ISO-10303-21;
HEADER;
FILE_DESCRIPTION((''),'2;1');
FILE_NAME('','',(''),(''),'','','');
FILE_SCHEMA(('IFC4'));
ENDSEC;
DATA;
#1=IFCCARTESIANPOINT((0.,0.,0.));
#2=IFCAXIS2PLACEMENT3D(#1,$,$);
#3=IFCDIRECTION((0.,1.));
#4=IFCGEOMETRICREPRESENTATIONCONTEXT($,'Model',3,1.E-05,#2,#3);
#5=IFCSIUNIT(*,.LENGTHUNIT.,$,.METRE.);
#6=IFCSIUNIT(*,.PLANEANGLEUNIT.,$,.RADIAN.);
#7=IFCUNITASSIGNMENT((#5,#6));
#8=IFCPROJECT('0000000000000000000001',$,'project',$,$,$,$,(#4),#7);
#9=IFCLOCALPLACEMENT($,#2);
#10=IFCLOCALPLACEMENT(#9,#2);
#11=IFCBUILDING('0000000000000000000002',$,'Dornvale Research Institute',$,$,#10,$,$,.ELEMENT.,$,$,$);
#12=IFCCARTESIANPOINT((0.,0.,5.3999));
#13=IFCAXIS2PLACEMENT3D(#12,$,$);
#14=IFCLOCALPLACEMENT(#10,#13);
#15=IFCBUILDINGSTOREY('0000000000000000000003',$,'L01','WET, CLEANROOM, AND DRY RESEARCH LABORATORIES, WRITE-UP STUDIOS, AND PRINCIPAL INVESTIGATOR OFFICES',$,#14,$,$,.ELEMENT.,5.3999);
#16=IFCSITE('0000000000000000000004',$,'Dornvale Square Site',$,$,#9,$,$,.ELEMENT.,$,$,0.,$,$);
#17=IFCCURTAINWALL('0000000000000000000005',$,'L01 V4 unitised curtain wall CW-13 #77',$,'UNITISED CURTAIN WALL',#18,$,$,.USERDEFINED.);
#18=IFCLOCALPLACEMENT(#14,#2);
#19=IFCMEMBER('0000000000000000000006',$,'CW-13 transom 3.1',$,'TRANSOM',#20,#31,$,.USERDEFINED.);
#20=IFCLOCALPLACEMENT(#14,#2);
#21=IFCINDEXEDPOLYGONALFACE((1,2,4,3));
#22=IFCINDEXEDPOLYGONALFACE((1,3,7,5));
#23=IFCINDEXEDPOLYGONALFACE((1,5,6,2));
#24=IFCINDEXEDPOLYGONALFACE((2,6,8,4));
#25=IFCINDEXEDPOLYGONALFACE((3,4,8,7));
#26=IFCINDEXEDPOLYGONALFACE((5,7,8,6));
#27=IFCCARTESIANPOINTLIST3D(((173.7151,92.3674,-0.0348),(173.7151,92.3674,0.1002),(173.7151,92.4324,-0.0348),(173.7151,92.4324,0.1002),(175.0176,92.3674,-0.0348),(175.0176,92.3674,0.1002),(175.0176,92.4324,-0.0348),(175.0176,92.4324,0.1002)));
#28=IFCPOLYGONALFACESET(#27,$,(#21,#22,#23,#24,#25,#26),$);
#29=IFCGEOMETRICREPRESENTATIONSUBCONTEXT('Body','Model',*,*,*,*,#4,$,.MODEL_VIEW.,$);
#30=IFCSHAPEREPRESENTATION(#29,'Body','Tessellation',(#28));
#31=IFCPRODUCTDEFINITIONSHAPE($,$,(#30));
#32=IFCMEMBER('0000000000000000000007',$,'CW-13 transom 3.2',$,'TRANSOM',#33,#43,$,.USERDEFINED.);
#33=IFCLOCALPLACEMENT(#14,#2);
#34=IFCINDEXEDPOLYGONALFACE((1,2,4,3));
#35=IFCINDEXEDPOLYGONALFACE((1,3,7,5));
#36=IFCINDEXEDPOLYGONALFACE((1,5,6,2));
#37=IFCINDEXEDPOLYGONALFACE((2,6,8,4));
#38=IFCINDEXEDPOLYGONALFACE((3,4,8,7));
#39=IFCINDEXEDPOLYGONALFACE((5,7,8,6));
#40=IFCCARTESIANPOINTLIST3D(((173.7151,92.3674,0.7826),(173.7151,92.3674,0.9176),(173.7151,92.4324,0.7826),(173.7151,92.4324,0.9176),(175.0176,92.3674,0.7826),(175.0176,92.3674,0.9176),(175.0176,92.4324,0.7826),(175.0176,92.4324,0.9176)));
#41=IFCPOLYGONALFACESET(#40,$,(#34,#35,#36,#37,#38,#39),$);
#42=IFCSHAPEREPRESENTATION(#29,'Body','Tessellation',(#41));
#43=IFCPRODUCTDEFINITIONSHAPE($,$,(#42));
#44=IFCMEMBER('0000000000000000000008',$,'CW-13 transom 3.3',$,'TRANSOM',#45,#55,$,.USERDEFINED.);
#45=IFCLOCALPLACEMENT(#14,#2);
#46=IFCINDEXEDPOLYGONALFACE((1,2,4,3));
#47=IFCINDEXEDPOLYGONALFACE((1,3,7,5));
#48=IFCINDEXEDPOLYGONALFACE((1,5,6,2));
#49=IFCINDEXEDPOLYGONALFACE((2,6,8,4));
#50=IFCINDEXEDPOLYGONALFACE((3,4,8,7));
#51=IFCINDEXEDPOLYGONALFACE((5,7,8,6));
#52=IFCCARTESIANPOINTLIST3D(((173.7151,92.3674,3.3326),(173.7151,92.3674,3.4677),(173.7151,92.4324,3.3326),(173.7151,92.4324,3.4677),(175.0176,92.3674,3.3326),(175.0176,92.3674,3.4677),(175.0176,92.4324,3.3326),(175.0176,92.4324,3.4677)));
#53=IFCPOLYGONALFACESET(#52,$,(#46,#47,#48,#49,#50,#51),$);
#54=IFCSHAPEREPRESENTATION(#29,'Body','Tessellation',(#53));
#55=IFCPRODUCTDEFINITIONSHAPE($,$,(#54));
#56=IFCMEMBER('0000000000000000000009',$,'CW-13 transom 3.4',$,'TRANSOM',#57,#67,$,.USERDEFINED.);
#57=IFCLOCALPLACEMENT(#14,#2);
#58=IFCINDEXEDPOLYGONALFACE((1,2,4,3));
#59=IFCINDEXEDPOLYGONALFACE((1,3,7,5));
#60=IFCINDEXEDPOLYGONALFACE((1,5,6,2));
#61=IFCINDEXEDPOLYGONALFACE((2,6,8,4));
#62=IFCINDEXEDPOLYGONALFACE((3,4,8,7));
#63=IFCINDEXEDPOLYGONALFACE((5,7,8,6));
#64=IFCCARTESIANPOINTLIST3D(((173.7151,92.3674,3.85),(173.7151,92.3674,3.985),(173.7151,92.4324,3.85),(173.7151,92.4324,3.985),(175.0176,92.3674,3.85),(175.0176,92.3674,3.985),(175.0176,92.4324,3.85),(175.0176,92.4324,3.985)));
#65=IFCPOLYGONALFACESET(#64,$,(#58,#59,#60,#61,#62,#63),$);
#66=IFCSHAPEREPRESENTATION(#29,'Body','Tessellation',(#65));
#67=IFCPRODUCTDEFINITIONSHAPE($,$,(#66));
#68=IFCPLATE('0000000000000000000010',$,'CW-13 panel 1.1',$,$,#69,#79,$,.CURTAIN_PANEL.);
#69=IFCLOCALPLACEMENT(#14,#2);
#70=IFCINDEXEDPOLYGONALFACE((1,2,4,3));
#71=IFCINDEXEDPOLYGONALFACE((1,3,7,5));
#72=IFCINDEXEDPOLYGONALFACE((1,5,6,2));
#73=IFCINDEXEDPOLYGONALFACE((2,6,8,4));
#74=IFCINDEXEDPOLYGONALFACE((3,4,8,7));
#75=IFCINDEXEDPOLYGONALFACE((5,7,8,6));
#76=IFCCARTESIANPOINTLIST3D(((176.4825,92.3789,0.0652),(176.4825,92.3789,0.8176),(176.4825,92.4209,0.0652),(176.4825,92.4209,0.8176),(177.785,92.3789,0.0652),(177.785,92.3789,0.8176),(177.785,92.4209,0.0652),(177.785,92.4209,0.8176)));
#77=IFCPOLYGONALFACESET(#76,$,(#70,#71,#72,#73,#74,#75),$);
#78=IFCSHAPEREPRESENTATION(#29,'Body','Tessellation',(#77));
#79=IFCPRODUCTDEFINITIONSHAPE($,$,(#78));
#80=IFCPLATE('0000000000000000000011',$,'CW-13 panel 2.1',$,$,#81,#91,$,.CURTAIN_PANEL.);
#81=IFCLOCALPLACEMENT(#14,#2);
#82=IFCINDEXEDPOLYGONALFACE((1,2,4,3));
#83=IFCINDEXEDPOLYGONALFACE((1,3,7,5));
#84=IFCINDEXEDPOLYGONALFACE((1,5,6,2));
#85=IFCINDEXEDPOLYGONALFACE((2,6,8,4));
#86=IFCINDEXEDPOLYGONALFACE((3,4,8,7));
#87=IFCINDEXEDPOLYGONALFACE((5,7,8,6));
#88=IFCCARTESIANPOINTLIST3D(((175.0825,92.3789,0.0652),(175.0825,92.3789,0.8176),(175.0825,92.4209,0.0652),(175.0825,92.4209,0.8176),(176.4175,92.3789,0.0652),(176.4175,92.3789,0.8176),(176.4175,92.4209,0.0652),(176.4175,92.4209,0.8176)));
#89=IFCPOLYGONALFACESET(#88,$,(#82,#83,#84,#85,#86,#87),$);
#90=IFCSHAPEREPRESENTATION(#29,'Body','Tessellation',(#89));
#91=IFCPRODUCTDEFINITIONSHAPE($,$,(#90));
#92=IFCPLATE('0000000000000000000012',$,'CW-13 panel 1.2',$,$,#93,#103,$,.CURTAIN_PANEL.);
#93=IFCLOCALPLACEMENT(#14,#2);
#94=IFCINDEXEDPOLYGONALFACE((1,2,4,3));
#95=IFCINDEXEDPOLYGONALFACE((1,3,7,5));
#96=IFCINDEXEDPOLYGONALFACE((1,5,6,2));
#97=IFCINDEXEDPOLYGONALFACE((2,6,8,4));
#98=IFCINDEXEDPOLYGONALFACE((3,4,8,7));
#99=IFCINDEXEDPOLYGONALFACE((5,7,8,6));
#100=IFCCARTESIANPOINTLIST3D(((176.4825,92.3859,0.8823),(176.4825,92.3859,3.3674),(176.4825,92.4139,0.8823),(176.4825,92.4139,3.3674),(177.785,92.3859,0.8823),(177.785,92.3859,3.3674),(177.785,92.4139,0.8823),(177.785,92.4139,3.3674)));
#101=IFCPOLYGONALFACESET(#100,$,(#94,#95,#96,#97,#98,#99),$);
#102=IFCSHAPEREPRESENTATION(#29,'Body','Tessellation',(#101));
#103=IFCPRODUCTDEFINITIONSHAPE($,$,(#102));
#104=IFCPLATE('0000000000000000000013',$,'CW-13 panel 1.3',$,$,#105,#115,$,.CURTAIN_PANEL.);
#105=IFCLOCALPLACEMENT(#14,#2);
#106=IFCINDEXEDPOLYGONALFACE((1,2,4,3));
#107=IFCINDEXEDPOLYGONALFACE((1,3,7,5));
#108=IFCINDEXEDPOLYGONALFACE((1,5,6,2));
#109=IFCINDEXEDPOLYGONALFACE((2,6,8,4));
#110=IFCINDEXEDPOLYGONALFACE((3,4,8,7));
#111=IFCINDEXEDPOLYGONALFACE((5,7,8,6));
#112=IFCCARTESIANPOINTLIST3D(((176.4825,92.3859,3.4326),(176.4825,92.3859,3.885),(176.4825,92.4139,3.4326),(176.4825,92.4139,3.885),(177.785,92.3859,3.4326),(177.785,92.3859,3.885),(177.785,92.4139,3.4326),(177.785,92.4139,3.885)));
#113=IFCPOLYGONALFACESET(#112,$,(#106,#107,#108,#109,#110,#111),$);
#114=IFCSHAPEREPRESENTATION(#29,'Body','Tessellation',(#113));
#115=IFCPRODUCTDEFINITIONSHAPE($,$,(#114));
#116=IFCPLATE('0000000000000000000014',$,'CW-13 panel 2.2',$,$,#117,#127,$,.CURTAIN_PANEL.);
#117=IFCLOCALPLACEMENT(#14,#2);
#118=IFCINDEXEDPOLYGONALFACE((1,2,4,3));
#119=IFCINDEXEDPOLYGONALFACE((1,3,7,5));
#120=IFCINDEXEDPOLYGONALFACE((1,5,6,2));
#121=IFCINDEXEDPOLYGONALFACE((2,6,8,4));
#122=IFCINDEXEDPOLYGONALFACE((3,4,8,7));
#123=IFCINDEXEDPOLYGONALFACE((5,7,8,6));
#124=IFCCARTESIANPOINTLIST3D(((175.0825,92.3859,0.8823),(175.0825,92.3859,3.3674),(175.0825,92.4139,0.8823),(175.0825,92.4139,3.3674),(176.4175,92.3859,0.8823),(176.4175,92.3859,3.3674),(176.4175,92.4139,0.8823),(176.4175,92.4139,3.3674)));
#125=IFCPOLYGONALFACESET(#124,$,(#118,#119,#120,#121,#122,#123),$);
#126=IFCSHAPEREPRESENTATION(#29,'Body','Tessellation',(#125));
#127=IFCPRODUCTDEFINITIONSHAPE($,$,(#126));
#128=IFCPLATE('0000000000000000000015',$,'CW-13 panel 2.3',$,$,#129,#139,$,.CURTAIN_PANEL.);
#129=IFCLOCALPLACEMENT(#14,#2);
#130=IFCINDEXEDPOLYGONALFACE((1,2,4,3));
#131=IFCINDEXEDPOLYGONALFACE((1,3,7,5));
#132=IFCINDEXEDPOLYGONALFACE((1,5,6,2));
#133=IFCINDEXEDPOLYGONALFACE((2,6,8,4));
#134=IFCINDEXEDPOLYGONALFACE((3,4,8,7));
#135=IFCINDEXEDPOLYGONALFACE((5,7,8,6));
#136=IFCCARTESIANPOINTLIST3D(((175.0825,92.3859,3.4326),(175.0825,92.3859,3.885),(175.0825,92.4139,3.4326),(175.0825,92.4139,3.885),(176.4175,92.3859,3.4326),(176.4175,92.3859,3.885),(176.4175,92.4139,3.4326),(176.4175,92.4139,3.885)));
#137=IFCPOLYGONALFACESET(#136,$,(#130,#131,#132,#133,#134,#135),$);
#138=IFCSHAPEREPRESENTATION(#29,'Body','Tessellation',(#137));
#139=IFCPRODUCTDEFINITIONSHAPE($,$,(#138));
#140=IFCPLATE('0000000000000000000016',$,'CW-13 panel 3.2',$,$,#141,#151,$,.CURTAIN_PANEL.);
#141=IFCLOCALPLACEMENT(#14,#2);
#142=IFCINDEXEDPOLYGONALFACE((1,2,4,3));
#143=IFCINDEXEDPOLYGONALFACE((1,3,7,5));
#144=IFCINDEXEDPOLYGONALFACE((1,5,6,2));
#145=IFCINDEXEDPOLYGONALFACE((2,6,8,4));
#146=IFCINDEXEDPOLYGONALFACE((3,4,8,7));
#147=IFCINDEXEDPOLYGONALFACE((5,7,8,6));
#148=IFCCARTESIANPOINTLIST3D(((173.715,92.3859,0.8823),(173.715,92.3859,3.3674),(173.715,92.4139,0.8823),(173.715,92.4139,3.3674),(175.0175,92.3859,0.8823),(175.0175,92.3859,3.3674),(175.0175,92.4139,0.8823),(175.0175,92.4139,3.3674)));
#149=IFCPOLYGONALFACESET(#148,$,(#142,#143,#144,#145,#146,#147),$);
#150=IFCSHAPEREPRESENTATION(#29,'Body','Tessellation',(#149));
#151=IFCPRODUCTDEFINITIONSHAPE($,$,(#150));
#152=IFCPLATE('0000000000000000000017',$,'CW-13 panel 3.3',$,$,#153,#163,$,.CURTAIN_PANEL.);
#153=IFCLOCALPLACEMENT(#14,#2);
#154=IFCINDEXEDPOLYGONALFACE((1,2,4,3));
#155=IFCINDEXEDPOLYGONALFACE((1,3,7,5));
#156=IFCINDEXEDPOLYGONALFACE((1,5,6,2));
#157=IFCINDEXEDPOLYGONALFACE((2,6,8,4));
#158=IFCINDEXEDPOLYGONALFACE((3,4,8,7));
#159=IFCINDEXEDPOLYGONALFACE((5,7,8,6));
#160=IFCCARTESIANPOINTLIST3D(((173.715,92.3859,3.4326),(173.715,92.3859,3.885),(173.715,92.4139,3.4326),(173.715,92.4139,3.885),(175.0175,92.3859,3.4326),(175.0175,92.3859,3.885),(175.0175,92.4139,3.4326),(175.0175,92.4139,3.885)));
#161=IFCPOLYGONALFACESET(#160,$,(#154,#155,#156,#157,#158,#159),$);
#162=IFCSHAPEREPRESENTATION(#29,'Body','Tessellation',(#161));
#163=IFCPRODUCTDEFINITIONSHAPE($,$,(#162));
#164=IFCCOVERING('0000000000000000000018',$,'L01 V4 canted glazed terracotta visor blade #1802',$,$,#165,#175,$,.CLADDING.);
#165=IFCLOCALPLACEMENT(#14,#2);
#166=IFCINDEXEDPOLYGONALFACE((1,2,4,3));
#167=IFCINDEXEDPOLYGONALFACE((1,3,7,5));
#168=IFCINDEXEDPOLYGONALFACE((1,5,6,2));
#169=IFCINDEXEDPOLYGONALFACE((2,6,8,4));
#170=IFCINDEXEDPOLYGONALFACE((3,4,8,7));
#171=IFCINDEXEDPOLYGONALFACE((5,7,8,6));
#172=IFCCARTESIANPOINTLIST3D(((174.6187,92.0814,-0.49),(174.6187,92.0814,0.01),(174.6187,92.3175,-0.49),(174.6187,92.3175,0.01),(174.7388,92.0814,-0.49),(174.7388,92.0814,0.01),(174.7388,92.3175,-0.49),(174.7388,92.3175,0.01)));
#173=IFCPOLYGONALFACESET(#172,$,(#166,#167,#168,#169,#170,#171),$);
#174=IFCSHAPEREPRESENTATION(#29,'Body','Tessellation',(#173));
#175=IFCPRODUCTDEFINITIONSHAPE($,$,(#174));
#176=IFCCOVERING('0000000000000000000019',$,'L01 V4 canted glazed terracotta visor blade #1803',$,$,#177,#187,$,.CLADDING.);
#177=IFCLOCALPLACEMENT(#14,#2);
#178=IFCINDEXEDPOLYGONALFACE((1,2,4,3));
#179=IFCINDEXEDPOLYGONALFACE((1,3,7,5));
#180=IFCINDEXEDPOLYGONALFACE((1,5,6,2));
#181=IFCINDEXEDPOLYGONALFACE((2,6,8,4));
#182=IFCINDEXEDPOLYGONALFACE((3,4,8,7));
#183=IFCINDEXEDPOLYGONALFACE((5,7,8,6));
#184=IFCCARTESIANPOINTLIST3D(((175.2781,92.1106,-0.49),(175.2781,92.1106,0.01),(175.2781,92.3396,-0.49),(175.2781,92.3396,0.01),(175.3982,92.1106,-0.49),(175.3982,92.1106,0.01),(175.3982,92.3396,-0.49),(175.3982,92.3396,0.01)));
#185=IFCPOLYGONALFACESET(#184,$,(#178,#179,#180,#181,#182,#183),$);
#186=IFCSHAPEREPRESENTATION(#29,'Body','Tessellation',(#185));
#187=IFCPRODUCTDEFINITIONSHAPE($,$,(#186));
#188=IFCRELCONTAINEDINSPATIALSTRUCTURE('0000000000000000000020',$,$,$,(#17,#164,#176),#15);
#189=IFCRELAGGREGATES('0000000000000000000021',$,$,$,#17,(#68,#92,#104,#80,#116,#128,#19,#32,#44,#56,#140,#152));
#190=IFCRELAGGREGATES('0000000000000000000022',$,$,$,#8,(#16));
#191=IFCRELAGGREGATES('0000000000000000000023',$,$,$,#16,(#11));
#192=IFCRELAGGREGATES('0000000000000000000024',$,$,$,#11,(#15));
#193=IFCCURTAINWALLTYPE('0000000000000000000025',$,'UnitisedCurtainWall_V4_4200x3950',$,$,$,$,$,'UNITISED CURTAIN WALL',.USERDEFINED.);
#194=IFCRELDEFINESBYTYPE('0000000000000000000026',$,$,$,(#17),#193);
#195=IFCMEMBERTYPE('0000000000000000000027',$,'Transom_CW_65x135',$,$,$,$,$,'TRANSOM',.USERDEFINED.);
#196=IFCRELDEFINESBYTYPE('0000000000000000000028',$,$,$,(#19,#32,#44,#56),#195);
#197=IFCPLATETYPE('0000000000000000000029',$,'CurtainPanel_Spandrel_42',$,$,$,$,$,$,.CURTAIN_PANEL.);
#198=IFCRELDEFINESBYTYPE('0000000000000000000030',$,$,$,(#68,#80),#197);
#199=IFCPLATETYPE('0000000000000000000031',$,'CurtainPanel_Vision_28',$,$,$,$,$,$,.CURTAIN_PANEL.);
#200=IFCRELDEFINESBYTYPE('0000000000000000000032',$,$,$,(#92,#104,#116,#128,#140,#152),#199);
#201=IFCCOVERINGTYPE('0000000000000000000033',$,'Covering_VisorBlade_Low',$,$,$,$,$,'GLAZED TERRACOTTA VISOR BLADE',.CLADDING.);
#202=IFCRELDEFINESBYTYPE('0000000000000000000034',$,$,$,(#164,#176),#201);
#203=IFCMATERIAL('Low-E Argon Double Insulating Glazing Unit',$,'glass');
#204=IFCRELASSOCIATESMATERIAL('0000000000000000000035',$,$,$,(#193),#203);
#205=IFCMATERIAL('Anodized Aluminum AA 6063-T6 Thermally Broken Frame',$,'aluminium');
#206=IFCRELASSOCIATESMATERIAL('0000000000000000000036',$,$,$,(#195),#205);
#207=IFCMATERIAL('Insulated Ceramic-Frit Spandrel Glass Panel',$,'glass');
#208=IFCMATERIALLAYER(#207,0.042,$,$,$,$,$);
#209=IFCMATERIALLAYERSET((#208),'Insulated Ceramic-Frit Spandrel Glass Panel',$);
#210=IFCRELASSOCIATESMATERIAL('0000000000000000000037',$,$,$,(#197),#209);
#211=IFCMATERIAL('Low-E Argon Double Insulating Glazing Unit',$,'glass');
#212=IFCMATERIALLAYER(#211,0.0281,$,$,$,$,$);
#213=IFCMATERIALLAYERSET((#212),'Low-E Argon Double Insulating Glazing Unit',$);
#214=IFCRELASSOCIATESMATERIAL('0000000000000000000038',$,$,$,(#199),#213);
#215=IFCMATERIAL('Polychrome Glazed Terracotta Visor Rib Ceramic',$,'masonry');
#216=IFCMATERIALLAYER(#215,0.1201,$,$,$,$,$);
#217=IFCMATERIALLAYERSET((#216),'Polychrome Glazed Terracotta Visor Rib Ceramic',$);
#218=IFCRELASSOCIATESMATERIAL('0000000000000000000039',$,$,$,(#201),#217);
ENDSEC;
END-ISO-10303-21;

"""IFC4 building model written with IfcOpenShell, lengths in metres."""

from ifc_helpers import new_model, si_unit, direction, frame, origin, origin_2d, place, context, subcontext, project, spatial, rectangle, extrude, material, layer, layer_set, material_profile, profile_set, type_object, element, aggregate, save


model = new_model("IFC4")

# Units and contexts
model_context = context("Model", 3, precision=1e-05, world=origin(), true_north=direction((0.0, 1.0)))
body_context = subcontext(model_context, "Body", "Model", "MODEL_VIEW")
ifc_project = project(units=[si_unit("LENGTHUNIT", "METRE"), si_unit("PLANEANGLEUNIT", "RADIAN")], contexts=[model_context])

# Site, building, storey
site_placement = place(None, origin())
site = spatial("IfcSite", under=ifc_project, at=site_placement, Name="Dornvale Square Site", CompositionType="ELEMENT", RefElevation=0.0)
building_placement = place(site_placement, origin())
building = spatial("IfcBuilding", under=site, at=building_placement, Name="Dornvale Research Institute", CompositionType="ELEMENT")
storey_placement = place(building_placement, frame((0.0, 0.0, 5.3999)))
storey = spatial("IfcBuildingStorey", under=building, at=storey_placement, Name="L01", Description="WET, CLEANROOM, AND DRY RESEARCH LABORATORIES, WRITE-UP STUDIOS, AND PRINCIPAL INVESTIGATOR OFFICES", CompositionType="ELEMENT", Elevation=5.3999)

# Curtain wall
ifc_material_1 = material(Name="Low-E Argon Double Insulating Glazing Unit", Category="glass")
curtain_wall_type = type_object("IfcCurtainWallType", Name="UnitisedCurtainWall_V4_4200x3950", ElementType="UNITISED CURTAIN WALL", PredefinedType="USERDEFINED", material=ifc_material_1)
curtain_wall_placement = place(storey_placement, origin())
curtain_wall = element("IfcCurtainWall", 1, at=curtain_wall_placement, inside=storey, type_object=curtain_wall_type, Name="L01 V4 unitised curtain wall CW-13 #77", ObjectType="UNITISED CURTAIN WALL", PredefinedType="USERDEFINED")

# Members
ifc_material_2 = material(Name="Anodized Aluminum AA 6063-T6 Thermally Broken Frame", Category="aluminium")
ifc_material_profile_1 = material_profile(ifc_material_2, rectangle(XDim=0.0649, YDim=0.135, at=origin_2d()), Name="ALU TRANSOM 65x135")
ifc_profile_set_1 = profile_set([ifc_material_profile_1], Name="Anodized Aluminum AA 6063-T6 Thermally Broken Frame")
member_type_1 = type_object("IfcMemberType", Name="Transom_CW_65x135", ElementType="TRANSOM", PredefinedType="USERDEFINED", material=ifc_profile_set_1)
member_1_placement = place(storey_placement, frame((175.0176, 92.3999, 0.0327), z_axis=(-1.0, 0.0, 0.0), x_axis=(0.0, -1.0, 0.0)))
member_1 = element("IfcMember", 2, at=member_1_placement, type_object=member_type_1, Name="CW-13 transom 3.1", ObjectType="TRANSOM", PredefinedType="USERDEFINED", context=body_context, shape_type="SweptSolid", body=[
    extrude(rectangle(XDim=0.0649, YDim=0.135, at=origin_2d()), origin(), (0.0, 0.0, 1.0), 1.3025),
])
member_2_placement = place(storey_placement, frame((175.0176, 92.3999, 0.8501), z_axis=(-1.0, 0.0, 0.0), x_axis=(0.0, -1.0, 0.0)))
member_2 = element("IfcMember", 3, at=member_2_placement, type_object=member_type_1, Name="CW-13 transom 3.2", ObjectType="TRANSOM", PredefinedType="USERDEFINED", context=body_context, shape_type="SweptSolid", body=[
    extrude(rectangle(XDim=0.0649, YDim=0.135, at=origin_2d()), origin(), (0.0, 0.0, 1.0), 1.3025),
])
member_3_placement = place(storey_placement, frame((175.0176, 92.3999, 3.4001), z_axis=(-1.0, 0.0, 0.0), x_axis=(0.0, -1.0, 0.0)))
member_3 = element("IfcMember", 4, at=member_3_placement, type_object=member_type_1, Name="CW-13 transom 3.3", ObjectType="TRANSOM", PredefinedType="USERDEFINED", context=body_context, shape_type="SweptSolid", body=[
    extrude(rectangle(XDim=0.0649, YDim=0.135, at=origin_2d()), origin(), (0.0, 0.0, 1.0), 1.3025),
])
member_4_placement = place(storey_placement, frame((175.0176, 92.3999, 3.9175), z_axis=(-1.0, 0.0, 0.0), x_axis=(0.0, -1.0, 0.0)))
member_4 = element("IfcMember", 5, at=member_4_placement, type_object=member_type_1, Name="CW-13 transom 3.4", ObjectType="TRANSOM", PredefinedType="USERDEFINED", context=body_context, shape_type="SweptSolid", body=[
    extrude(rectangle(XDim=0.0649, YDim=0.135, at=origin_2d()), origin(), (0.0, 0.0, 1.0), 1.3025),
])

# Plates
ifc_material_3 = material(Name="Insulated Ceramic-Frit Spandrel Glass Panel", Category="glass")
ifc_layer_1 = layer(ifc_material_3, 0.042)
ifc_layer_set_1 = layer_set([ifc_layer_1], Name="Insulated Ceramic-Frit Spandrel Glass Panel")
plate_type_1 = type_object("IfcPlateType", Name="CurtainPanel_Spandrel_42", PredefinedType="CURTAIN_PANEL", material=ifc_layer_set_1)
plate_1_placement = place(storey_placement, frame((177.1338, 92.3999, 0.0652), z_axis=(0.0, 0.0, 1.0), x_axis=(-1.0, 0.0, 0.0)))
plate_1 = element("IfcPlate", 6, at=plate_1_placement, type_object=plate_type_1, Name="CW-13 panel 1.1", PredefinedType="CURTAIN_PANEL", context=body_context, shape_type="SweptSolid", body=[
    extrude(rectangle(XDim=1.3025, YDim=0.042, at=origin_2d()), origin(), (0.0, 0.0, 1.0), 0.7524),
])
plate_2_placement = place(storey_placement, frame((175.75, 92.3999, 0.0652), z_axis=(0.0, 0.0, 1.0), x_axis=(-1.0, 0.0, 0.0)))
plate_2 = element("IfcPlate", 7, at=plate_2_placement, type_object=plate_type_1, Name="CW-13 panel 2.1", PredefinedType="CURTAIN_PANEL", context=body_context, shape_type="SweptSolid", body=[
    extrude(rectangle(XDim=1.335, YDim=0.042, at=origin_2d()), origin(), (0.0, 0.0, 1.0), 0.7524),
])
ifc_material_4 = material(Name="Low-E Argon Double Insulating Glazing Unit", Category="glass")
ifc_layer_2 = layer(ifc_material_4, 0.0281)
ifc_layer_set_2 = layer_set([ifc_layer_2], Name="Low-E Argon Double Insulating Glazing Unit")
plate_type_2 = type_object("IfcPlateType", Name="CurtainPanel_Vision_28", PredefinedType="CURTAIN_PANEL", material=ifc_layer_set_2)
plate_3_placement = place(storey_placement, frame((177.1338, 92.3999, 0.8823), z_axis=(0.0, 0.0, 1.0), x_axis=(-1.0, 0.0, 0.0)))
plate_3 = element("IfcPlate", 8, at=plate_3_placement, type_object=plate_type_2, Name="CW-13 panel 1.2", PredefinedType="CURTAIN_PANEL", context=body_context, shape_type="SweptSolid", body=[
    extrude(rectangle(XDim=1.3025, YDim=0.0281, at=origin_2d()), origin(), (0.0, 0.0, 1.0), 2.4851),
])
plate_4_placement = place(storey_placement, frame((177.1338, 92.3999, 3.4326), z_axis=(0.0, 0.0, 1.0), x_axis=(-1.0, 0.0, 0.0)))
plate_4 = element("IfcPlate", 9, at=plate_4_placement, type_object=plate_type_2, Name="CW-13 panel 1.3", PredefinedType="CURTAIN_PANEL", context=body_context, shape_type="SweptSolid", body=[
    extrude(rectangle(XDim=1.3025, YDim=0.0281, at=origin_2d()), origin(), (0.0, 0.0, 1.0), 0.4524),
])
plate_5_placement = place(storey_placement, frame((175.75, 92.3999, 0.8823), z_axis=(0.0, 0.0, 1.0), x_axis=(-1.0, 0.0, 0.0)))
plate_5 = element("IfcPlate", 10, at=plate_5_placement, type_object=plate_type_2, Name="CW-13 panel 2.2", PredefinedType="CURTAIN_PANEL", context=body_context, shape_type="SweptSolid", body=[
    extrude(rectangle(XDim=1.335, YDim=0.0281, at=origin_2d()), origin(), (0.0, 0.0, 1.0), 2.4851),
])
plate_6_placement = place(storey_placement, frame((175.75, 92.3999, 3.4326), z_axis=(0.0, 0.0, 1.0), x_axis=(-1.0, 0.0, 0.0)))
plate_6 = element("IfcPlate", 11, at=plate_6_placement, type_object=plate_type_2, Name="CW-13 panel 2.3", PredefinedType="CURTAIN_PANEL", context=body_context, shape_type="SweptSolid", body=[
    extrude(rectangle(XDim=1.335, YDim=0.0281, at=origin_2d()), origin(), (0.0, 0.0, 1.0), 0.4524),
])
plate_7_placement = place(storey_placement, frame((174.3662, 92.3999, 0.8823), z_axis=(0.0, 0.0, 1.0), x_axis=(-1.0, 0.0, 0.0)))
plate_7 = element("IfcPlate", 12, at=plate_7_placement, type_object=plate_type_2, Name="CW-13 panel 3.2", PredefinedType="CURTAIN_PANEL", context=body_context, shape_type="SweptSolid", body=[
    extrude(rectangle(XDim=1.3025, YDim=0.0281, at=origin_2d()), origin(), (0.0, 0.0, 1.0), 2.4851),
])
plate_8_placement = place(storey_placement, frame((174.3662, 92.3999, 3.4326), z_axis=(0.0, 0.0, 1.0), x_axis=(-1.0, 0.0, 0.0)))
plate_8 = element("IfcPlate", 13, at=plate_8_placement, type_object=plate_type_2, Name="CW-13 panel 3.3", PredefinedType="CURTAIN_PANEL", context=body_context, shape_type="SweptSolid", body=[
    extrude(rectangle(XDim=1.3025, YDim=0.0281, at=origin_2d()), origin(), (0.0, 0.0, 1.0), 0.4524),
])
aggregate(curtain_wall, [plate_1, plate_3, plate_4, plate_2, plate_5, plate_6, member_1, member_2, member_3, member_4, plate_7, plate_8])

# Coverings
ifc_material_5 = material(Name="Polychrome Glazed Terracotta Visor Rib Ceramic", Category="masonry")
ifc_layer_3 = layer(ifc_material_5, 0.1201)
ifc_layer_set_3 = layer_set([ifc_layer_3], Name="Polychrome Glazed Terracotta Visor Rib Ceramic")
covering_type = type_object("IfcCoveringType", Name="Covering_VisorBlade_Low", ElementType="GLAZED TERRACOTTA VISOR BLADE", PredefinedType="CLADDING", material=ifc_layer_set_3)
covering_1_placement = place(storey_placement, frame((174.6787, 92.1995, -0.49), z_axis=(0.0, 0.0, 1.0), x_axis=(0.0, 1.0, 0.0)))
element("IfcCovering", 14, at=covering_1_placement, inside=storey, type_object=covering_type, Name="L01 V4 canted glazed terracotta visor blade #1802", PredefinedType="CLADDING", context=body_context, shape_type="SweptSolid", body=[
    extrude(rectangle(XDim=0.2361, YDim=0.1201, at=origin_2d()), origin(), (0.0, 0.0, 1.0), 0.5),
])
covering_2_placement = place(storey_placement, frame((175.3381, 92.2251, -0.49), z_axis=(0.0, 0.0, 1.0), x_axis=(0.0, 1.0, 0.0)))
element("IfcCovering", 15, at=covering_2_placement, inside=storey, type_object=covering_type, Name="L01 V4 canted glazed terracotta visor blade #1803", PredefinedType="CLADDING", context=body_context, shape_type="SweptSolid", body=[
    extrude(rectangle(XDim=0.229, YDim=0.1201, at=origin_2d()), origin(), (0.0, 0.0, 1.0), 0.5),
])

save(model, "model.ifc")
